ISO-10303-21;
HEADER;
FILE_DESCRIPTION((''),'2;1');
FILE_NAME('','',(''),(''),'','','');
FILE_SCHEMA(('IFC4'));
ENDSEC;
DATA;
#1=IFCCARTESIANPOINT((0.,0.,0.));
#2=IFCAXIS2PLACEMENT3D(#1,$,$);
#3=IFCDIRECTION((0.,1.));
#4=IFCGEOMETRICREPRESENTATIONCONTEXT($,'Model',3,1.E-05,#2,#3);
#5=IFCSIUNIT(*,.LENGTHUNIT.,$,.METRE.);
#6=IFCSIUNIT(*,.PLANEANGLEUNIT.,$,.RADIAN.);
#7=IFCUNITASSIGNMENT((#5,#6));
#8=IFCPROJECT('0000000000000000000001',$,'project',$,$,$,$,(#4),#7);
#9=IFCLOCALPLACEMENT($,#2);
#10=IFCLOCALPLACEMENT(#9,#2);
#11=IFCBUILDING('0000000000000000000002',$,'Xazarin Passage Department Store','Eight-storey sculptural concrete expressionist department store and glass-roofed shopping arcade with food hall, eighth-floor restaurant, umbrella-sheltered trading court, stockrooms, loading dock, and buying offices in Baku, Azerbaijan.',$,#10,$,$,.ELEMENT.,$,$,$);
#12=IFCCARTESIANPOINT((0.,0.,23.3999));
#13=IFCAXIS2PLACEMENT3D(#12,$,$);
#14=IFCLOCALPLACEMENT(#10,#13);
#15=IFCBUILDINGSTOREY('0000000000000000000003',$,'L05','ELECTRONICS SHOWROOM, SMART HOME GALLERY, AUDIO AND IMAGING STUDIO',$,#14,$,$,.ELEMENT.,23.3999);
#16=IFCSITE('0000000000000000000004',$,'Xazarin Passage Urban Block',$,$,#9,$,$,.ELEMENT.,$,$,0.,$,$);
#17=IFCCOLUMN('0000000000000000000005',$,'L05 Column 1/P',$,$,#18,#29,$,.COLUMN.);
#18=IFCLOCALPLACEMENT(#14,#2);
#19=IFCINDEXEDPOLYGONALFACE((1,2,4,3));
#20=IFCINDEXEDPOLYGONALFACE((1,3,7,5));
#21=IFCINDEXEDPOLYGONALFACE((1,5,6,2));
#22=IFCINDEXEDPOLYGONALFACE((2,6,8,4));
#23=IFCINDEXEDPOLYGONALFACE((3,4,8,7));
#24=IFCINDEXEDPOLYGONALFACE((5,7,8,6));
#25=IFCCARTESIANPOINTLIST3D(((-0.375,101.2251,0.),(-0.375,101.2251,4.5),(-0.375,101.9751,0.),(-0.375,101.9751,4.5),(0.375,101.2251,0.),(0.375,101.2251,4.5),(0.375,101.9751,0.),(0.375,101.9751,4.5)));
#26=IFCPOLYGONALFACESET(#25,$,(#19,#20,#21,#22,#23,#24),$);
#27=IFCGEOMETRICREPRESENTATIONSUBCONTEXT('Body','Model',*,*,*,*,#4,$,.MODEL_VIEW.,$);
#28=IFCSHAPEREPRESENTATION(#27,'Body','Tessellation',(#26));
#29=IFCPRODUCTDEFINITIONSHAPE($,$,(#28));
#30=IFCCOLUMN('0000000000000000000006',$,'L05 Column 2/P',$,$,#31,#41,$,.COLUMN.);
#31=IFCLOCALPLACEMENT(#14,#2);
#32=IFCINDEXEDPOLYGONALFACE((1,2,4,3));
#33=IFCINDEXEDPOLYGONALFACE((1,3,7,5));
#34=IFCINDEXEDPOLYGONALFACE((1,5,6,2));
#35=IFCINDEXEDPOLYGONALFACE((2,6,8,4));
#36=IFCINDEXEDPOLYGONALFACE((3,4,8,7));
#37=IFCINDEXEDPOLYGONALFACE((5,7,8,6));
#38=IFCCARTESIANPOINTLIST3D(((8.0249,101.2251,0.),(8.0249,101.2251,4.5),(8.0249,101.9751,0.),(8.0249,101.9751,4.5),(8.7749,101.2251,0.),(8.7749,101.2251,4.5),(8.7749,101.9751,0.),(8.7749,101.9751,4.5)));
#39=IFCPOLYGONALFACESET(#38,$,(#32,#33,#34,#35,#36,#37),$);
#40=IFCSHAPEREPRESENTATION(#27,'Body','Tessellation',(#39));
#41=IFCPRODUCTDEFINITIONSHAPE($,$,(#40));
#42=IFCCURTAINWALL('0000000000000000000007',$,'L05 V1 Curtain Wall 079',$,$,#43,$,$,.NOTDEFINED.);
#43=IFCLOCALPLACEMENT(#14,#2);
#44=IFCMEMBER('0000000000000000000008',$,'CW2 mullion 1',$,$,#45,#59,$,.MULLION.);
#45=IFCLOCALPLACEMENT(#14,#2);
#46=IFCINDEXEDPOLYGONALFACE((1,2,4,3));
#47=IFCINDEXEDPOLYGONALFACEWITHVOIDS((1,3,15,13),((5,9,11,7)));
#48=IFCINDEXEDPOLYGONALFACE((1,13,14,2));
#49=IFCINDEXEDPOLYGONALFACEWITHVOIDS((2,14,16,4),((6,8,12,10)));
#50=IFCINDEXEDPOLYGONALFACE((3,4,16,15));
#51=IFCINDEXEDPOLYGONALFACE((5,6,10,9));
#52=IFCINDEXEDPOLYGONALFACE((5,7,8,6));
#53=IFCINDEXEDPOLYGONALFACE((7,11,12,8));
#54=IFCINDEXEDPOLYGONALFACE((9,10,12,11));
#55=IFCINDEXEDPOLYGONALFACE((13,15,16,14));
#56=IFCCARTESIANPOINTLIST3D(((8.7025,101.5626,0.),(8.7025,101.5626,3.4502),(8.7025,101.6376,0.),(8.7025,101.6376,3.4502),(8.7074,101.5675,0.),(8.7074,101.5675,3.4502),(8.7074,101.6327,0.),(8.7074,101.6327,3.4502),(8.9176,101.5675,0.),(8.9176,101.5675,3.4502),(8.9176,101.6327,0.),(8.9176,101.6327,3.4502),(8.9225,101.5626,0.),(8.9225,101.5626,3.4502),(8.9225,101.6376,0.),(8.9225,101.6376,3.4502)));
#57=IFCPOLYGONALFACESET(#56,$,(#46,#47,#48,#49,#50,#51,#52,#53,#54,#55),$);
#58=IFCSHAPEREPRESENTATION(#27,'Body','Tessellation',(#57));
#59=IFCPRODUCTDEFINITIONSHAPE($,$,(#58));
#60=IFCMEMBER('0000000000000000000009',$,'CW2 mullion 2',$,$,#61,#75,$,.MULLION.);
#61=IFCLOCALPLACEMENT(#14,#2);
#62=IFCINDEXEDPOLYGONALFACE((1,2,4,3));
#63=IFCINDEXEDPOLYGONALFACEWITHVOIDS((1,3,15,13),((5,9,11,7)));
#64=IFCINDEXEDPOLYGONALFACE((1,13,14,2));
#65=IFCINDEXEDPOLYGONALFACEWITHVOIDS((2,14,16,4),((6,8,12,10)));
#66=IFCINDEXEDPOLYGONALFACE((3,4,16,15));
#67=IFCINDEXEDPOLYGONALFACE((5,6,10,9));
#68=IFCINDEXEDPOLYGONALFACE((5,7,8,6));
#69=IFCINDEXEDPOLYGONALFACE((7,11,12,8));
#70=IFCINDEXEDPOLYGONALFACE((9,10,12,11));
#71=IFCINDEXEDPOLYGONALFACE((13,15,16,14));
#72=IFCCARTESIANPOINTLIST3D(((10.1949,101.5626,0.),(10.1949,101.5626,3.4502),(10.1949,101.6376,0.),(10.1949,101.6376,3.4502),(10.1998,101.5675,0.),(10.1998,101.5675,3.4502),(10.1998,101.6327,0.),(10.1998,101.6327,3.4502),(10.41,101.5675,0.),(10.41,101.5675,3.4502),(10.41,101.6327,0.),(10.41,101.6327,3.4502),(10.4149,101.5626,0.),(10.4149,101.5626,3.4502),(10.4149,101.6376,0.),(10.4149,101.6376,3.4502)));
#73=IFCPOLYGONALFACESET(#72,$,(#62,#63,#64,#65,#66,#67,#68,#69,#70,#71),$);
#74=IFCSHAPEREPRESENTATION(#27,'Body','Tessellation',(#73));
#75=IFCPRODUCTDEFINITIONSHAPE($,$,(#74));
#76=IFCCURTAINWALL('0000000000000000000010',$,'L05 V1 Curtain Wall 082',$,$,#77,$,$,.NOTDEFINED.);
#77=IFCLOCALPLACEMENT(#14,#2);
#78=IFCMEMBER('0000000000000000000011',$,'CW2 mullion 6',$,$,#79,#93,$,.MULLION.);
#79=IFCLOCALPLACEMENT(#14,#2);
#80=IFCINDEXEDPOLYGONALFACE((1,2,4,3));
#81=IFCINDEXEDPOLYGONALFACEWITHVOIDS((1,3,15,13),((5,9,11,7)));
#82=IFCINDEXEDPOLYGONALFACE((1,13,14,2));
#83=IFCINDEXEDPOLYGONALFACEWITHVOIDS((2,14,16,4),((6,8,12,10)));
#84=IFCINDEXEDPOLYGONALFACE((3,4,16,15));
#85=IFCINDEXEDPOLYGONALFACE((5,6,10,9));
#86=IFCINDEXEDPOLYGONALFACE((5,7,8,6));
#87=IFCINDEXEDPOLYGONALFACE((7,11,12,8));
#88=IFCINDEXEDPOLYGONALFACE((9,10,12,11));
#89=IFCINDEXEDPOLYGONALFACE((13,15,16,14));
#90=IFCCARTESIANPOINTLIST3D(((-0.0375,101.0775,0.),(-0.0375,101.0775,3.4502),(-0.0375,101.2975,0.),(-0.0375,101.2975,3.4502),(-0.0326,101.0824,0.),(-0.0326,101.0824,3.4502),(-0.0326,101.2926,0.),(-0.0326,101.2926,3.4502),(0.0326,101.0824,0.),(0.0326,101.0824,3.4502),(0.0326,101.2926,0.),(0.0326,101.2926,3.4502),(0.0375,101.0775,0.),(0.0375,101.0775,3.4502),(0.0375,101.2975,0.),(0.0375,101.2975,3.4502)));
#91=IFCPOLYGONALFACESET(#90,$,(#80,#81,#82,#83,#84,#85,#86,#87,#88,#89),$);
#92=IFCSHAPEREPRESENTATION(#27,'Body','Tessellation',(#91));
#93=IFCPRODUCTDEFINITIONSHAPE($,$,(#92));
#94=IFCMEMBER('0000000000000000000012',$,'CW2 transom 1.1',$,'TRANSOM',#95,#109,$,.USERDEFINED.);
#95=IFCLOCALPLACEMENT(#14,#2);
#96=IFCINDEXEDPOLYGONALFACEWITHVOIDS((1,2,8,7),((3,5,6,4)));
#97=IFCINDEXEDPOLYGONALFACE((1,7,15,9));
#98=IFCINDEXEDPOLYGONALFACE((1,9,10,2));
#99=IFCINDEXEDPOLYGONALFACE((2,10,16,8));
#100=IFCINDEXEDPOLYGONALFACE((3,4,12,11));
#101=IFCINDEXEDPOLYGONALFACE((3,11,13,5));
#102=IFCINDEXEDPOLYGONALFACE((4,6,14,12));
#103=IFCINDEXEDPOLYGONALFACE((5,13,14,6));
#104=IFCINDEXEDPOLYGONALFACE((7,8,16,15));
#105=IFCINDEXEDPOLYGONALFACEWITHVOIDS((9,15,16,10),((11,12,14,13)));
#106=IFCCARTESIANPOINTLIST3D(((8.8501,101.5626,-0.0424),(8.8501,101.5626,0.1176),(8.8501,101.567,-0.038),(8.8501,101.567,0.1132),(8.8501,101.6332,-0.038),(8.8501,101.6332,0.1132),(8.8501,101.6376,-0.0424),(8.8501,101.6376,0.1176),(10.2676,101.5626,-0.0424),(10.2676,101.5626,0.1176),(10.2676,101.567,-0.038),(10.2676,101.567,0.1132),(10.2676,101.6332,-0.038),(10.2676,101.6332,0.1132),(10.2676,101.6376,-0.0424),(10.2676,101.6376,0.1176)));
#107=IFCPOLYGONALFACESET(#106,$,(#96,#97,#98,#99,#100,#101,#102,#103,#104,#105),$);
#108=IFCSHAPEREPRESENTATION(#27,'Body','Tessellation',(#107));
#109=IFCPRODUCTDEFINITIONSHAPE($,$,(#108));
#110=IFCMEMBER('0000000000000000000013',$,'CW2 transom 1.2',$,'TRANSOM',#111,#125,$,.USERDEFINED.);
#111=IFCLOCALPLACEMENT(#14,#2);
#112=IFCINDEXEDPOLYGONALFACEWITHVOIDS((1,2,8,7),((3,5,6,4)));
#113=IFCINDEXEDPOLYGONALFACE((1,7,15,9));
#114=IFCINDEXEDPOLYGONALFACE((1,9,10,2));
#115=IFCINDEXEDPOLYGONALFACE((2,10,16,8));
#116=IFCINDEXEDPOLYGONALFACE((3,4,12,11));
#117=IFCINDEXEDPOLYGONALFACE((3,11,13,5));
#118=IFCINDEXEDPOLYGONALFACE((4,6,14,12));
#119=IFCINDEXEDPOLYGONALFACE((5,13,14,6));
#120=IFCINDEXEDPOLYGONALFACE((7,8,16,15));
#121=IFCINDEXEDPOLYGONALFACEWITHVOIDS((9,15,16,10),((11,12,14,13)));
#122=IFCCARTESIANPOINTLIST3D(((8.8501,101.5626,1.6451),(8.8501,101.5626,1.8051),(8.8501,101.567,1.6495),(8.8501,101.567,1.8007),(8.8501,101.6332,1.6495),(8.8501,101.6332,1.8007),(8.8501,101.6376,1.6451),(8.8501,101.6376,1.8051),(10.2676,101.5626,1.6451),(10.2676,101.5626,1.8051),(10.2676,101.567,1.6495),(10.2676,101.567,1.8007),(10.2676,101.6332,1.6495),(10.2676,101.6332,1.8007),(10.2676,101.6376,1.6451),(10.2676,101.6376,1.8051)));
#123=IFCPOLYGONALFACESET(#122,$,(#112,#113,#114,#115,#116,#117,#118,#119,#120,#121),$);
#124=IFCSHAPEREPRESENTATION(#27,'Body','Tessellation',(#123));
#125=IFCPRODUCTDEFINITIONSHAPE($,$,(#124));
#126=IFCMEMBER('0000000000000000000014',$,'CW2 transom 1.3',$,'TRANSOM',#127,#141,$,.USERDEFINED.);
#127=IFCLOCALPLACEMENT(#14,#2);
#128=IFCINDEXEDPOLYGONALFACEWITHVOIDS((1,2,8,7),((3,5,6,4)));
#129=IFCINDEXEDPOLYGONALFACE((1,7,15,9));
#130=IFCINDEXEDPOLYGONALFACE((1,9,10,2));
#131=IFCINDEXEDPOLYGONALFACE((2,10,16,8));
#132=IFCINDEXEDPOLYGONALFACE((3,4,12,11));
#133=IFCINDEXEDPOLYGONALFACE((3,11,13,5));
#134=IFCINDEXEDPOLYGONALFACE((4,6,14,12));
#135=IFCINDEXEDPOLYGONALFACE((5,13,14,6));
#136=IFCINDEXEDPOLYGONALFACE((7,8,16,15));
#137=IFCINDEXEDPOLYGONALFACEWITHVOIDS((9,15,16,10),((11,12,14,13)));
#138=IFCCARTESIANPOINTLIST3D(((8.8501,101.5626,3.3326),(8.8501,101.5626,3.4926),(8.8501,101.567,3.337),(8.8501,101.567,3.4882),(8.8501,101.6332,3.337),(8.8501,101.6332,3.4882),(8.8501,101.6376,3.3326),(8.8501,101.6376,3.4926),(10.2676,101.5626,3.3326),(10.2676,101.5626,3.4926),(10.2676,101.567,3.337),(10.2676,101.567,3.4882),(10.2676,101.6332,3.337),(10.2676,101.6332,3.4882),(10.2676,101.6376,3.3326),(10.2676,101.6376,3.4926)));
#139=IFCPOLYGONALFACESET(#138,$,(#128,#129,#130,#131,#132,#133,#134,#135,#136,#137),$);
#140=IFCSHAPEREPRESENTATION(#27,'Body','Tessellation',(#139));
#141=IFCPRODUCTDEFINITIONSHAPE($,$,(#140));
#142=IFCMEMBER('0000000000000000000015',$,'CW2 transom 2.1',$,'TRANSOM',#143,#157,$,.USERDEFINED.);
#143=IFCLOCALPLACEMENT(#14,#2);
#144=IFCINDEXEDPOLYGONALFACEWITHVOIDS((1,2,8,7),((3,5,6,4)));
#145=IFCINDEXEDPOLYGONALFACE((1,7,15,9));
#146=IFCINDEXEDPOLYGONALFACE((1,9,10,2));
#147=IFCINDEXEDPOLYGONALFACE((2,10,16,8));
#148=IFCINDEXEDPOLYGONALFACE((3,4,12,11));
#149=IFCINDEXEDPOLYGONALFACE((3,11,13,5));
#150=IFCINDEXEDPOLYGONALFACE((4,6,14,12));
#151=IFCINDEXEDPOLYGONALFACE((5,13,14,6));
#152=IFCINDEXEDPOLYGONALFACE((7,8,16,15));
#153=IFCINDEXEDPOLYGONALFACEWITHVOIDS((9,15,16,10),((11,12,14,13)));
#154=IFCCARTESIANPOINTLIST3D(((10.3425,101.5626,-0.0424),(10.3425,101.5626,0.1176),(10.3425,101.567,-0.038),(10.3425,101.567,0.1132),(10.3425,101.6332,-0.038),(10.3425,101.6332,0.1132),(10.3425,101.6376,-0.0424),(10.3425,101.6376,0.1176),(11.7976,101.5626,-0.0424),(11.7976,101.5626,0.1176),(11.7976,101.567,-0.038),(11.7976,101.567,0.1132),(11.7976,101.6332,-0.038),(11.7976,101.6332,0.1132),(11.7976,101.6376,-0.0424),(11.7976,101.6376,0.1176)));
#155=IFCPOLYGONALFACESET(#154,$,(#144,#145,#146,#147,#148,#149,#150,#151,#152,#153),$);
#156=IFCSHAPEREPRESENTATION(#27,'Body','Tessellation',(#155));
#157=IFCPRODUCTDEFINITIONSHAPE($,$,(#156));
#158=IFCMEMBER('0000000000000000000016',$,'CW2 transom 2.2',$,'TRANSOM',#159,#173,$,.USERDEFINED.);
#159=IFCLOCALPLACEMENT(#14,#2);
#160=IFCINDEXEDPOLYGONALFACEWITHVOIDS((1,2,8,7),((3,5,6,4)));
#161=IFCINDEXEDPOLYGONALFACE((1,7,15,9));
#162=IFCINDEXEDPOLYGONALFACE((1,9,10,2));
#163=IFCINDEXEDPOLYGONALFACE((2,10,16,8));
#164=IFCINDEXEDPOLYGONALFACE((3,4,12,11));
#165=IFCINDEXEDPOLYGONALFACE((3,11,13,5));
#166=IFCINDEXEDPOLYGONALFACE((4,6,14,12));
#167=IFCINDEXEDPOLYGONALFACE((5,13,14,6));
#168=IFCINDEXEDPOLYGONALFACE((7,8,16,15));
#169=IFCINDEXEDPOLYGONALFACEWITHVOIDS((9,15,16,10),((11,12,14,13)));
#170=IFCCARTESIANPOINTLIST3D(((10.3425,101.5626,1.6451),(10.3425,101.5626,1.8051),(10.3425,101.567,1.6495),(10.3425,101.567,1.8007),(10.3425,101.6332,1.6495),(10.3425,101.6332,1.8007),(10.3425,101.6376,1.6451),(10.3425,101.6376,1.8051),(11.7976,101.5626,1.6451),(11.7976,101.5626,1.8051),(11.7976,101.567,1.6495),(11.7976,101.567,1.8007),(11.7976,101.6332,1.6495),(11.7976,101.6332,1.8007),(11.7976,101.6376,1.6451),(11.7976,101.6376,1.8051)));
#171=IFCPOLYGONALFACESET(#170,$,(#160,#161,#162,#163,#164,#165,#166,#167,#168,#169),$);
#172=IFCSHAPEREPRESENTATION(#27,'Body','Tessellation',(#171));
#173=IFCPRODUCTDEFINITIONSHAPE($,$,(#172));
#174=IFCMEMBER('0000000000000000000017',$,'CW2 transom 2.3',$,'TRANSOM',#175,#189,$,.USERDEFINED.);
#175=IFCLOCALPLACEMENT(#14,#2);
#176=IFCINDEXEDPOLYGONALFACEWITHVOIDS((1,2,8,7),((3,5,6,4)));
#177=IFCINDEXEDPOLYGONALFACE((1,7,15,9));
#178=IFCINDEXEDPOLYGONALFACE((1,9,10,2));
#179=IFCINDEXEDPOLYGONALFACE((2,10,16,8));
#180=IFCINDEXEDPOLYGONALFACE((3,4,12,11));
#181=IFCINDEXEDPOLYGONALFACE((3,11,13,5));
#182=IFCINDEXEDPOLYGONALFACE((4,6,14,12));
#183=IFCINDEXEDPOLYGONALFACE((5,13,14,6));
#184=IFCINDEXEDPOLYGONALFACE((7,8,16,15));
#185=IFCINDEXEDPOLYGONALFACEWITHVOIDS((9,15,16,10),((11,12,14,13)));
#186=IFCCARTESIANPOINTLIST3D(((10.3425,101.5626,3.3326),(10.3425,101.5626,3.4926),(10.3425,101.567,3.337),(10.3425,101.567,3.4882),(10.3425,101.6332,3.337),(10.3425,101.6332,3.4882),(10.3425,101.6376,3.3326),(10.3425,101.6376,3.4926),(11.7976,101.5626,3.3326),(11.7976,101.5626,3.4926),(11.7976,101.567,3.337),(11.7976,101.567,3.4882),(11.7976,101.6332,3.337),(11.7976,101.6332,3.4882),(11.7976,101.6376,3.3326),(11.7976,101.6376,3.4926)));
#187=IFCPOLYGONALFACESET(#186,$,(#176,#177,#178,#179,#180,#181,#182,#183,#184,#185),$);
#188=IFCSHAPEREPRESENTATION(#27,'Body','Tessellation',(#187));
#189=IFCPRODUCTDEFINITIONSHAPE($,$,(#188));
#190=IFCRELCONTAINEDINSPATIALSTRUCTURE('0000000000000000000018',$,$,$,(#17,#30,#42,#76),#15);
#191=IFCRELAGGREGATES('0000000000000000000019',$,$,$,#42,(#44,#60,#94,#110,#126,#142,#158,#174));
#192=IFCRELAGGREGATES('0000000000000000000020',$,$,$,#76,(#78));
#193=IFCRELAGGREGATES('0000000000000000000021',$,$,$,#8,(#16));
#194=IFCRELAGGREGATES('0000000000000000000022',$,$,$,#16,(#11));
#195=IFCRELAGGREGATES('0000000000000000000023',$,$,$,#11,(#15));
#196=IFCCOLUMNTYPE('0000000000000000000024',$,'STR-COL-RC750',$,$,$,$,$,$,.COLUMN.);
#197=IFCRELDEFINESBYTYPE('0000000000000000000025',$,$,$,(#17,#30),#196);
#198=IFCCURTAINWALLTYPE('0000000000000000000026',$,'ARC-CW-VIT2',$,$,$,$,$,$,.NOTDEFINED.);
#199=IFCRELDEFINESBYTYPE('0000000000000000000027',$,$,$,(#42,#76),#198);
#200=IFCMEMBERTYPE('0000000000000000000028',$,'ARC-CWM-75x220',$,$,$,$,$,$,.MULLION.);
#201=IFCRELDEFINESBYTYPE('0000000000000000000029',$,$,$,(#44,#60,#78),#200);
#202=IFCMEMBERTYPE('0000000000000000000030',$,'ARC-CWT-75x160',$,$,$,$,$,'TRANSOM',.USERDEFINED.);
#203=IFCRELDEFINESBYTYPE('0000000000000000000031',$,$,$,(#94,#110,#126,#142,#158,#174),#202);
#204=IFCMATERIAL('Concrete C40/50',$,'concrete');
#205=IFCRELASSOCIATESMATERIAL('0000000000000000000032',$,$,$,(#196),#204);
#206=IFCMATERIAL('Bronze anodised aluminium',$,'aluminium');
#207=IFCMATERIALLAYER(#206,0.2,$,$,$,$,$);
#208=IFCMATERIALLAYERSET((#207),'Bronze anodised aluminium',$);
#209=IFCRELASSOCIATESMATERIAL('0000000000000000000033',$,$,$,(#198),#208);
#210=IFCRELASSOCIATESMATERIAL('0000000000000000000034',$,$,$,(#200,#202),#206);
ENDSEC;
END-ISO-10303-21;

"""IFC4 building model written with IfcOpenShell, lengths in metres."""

from ifc_helpers import new_model, si_unit, direction, frame, origin, origin_2d, place, context, subcontext, project, spatial, rectangle, hollow_rectangle, extrude, material, layer, layer_set, material_profile, profile_set, type_object, element, aggregate, save


model = new_model("IFC4")

# Units and contexts
model_context = context("Model", 3, precision=1e-05, world=origin(), true_north=direction((0.0, 1.0)))
body_context = subcontext(model_context, "Body", "Model", "MODEL_VIEW")
ifc_project = project(units=[si_unit("LENGTHUNIT", "METRE"), si_unit("PLANEANGLEUNIT", "RADIAN")], contexts=[model_context])

# Site, building, storey
site_placement = place(None, origin())
site = spatial("IfcSite", under=ifc_project, at=site_placement, Name="Xazarin Passage Urban Block", CompositionType="ELEMENT", RefElevation=0.0)
building_placement = place(site_placement, origin())
building = spatial("IfcBuilding", under=site, at=building_placement, Name="Xazarin Passage Department Store", Description="Eight-storey sculptural concrete expressionist department store and glass-roofed shopping arcade with food hall, eighth-floor restaurant, umbrella-sheltered trading court, stockrooms, loading dock, and buying offices in Baku, Azerbaijan.", CompositionType="ELEMENT")
storey_placement = place(building_placement, frame((0.0, 0.0, 23.3999)))
storey = spatial("IfcBuildingStorey", under=building, at=storey_placement, Name="L05", Description="ELECTRONICS SHOWROOM, SMART HOME GALLERY, AUDIO AND IMAGING STUDIO", CompositionType="ELEMENT", Elevation=23.3999)

# Columns
ifc_material_1 = material(Name="Concrete C40/50", Category="concrete")
ifc_material_profile_1 = material_profile(ifc_material_1, rectangle(XDim=0.75, YDim=0.75, at=origin_2d()), Name="RC 750x750")
ifc_profile_set_1 = profile_set([ifc_material_profile_1], Name="Concrete C40/50")
column_type = type_object("IfcColumnType", Name="STR-COL-RC750", PredefinedType="COLUMN", material=ifc_profile_set_1)
for number, where, z_axis, x_axis, name in (
    (1, (0.0, 101.6001, 0.0), (0.0, 0.0, 1.0), (1.0, 0.0, 0.0), "L05 Column 1/P"),
    (2, (8.3999, 101.6001, 0.0), (0.0, 0.0, 1.0), (1.0, 0.0, 0.0), "L05 Column 2/P"),
):
    element("IfcColumn", number, at=place(storey_placement, frame(where, z_axis=z_axis, x_axis=x_axis)), inside=storey, type_object=column_type, Name=name, PredefinedType="COLUMN", context=body_context, shape_type="SweptSolid", body=[
        extrude(rectangle(XDim=0.75, YDim=0.75, at=origin_2d()), origin(), (0.0, 0.0, 1.0), 4.5),
    ])

# Curtain wall, members
ifc_material_2 = material(Name="Bronze anodised aluminium", Category="aluminium")
ifc_layer_1 = layer(ifc_material_2, 0.2)
ifc_layer_set_1 = layer_set([ifc_layer_1], Name="Bronze anodised aluminium")
curtain_wall_type = type_object("IfcCurtainWallType", Name="ARC-CW-VIT2", PredefinedType="NOTDEFINED", material=ifc_layer_set_1)
curtain_wall_1_placement = place(storey_placement, origin())
curtain_wall_1 = element("IfcCurtainWall", 3, at=curtain_wall_1_placement, inside=storey, type_object=curtain_wall_type, Name="L05 V1 Curtain Wall 079", PredefinedType="NOTDEFINED")
ifc_material_profile_2 = material_profile(ifc_material_2, hollow_rectangle(XDim=0.075, YDim=0.22, WallThickness=0.0049, at=origin_2d()), Name="ALU 75x220")
ifc_profile_set_2 = profile_set([ifc_material_profile_2], Name="Bronze anodised aluminium")
member_type_1 = type_object("IfcMemberType", Name="ARC-CWM-75x220", PredefinedType="MULLION", material=ifc_profile_set_2)
member_1_placement = place(storey_placement, frame((8.8125, 101.6001, 0.0), z_axis=(0.0, 0.0, 1.0), x_axis=(0.0, 1.0, 0.0)))
member_1 = element("IfcMember", 4, at=member_1_placement, type_object=member_type_1, Name="CW2 mullion 1", PredefinedType="MULLION", context=body_context, shape_type="SweptSolid", body=[
    extrude(hollow_rectangle(XDim=0.075, YDim=0.22, WallThickness=0.0049, at=origin_2d()), origin(), (0.0, 0.0, 1.0), 3.4502),
])
member_2_placement = place(storey_placement, frame((10.3049, 101.6001, 0.0), z_axis=(0.0, 0.0, 1.0), x_axis=(0.0, 1.0, 0.0)))
member_2 = element("IfcMember", 5, at=member_2_placement, type_object=member_type_1, Name="CW2 mullion 2", PredefinedType="MULLION", context=body_context, shape_type="SweptSolid", body=[
    extrude(hollow_rectangle(XDim=0.075, YDim=0.22, WallThickness=0.0049, at=origin_2d()), origin(), (0.0, 0.0, 1.0), 3.4502),
])

# Curtain wall, member
curtain_wall_2_placement = place(storey_placement, origin())
curtain_wall_2 = element("IfcCurtainWall", 6, at=curtain_wall_2_placement, inside=storey, type_object=curtain_wall_type, Name="L05 V1 Curtain Wall 082", PredefinedType="NOTDEFINED")
member_3_placement = place(storey_placement, frame((0.0, 101.1875, 0.0), z_axis=(0.0, 0.0, 1.0), x_axis=(-1.0, 0.0, 0.0)))
member_3 = element("IfcMember", 7, at=member_3_placement, type_object=member_type_1, Name="CW2 mullion 6", PredefinedType="MULLION", context=body_context, shape_type="SweptSolid", body=[
    extrude(hollow_rectangle(XDim=0.075, YDim=0.22, WallThickness=0.0049, at=origin_2d()), origin(), (0.0, 0.0, 1.0), 3.4502),
])

# Members
ifc_material_profile_3 = material_profile(ifc_material_2, hollow_rectangle(XDim=0.075, YDim=0.1599, WallThickness=0.0044, at=origin_2d()), Name="ALU 75x160")
ifc_profile_set_3 = profile_set([ifc_material_profile_3], Name="Bronze anodised aluminium")
member_type_2 = type_object("IfcMemberType", Name="ARC-CWT-75x160", ElementType="TRANSOM", PredefinedType="USERDEFINED", material=ifc_profile_set_3)
member_4_placement = place(storey_placement, frame((8.8501, 101.6001, 0.0376), z_axis=(1.0, 0.0, 0.0), x_axis=(0.0, 1.0, 0.0)))
member_4 = element("IfcMember", 8, at=member_4_placement, type_object=member_type_2, Name="CW2 transom 1.1", ObjectType="TRANSOM", PredefinedType="USERDEFINED", context=body_context, shape_type="SweptSolid", body=[
    extrude(hollow_rectangle(XDim=0.075, YDim=0.1599, WallThickness=0.0044, at=origin_2d()), origin(), (0.0, 0.0, 1.0), 1.4175),
])
member_5_placement = place(storey_placement, frame((8.8501, 101.6001, 1.7251), z_axis=(1.0, 0.0, 0.0), x_axis=(0.0, 1.0, 0.0)))
member_5 = element("IfcMember", 9, at=member_5_placement, type_object=member_type_2, Name="CW2 transom 1.2", ObjectType="TRANSOM", PredefinedType="USERDEFINED", context=body_context, shape_type="SweptSolid", body=[
    extrude(hollow_rectangle(XDim=0.075, YDim=0.1599, WallThickness=0.0044, at=origin_2d()), origin(), (0.0, 0.0, 1.0), 1.4175),
])
member_6_placement = place(storey_placement, frame((8.8501, 101.6001, 3.4126), z_axis=(1.0, 0.0, 0.0), x_axis=(0.0, 1.0, 0.0)))
member_6 = element("IfcMember", 10, at=member_6_placement, type_object=member_type_2, Name="CW2 transom 1.3", ObjectType="TRANSOM", PredefinedType="USERDEFINED", context=body_context, shape_type="SweptSolid", body=[
    extrude(hollow_rectangle(XDim=0.075, YDim=0.1599, WallThickness=0.0044, at=origin_2d()), origin(), (0.0, 0.0, 1.0), 1.4175),
])
member_7_placement = place(storey_placement, frame((10.3425, 101.6001, 0.0376), z_axis=(1.0, 0.0, 0.0), x_axis=(0.0, 1.0, 0.0)))
member_7 = element("IfcMember", 11, at=member_7_placement, type_object=member_type_2, Name="CW2 transom 2.1", ObjectType="TRANSOM", PredefinedType="USERDEFINED", context=body_context, shape_type="SweptSolid", body=[
    extrude(hollow_rectangle(XDim=0.075, YDim=0.1599, WallThickness=0.0044, at=origin_2d()), origin(), (0.0, 0.0, 1.0), 1.4551),
])
member_8_placement = place(storey_placement, frame((10.3425, 101.6001, 1.7251), z_axis=(1.0, 0.0, 0.0), x_axis=(0.0, 1.0, 0.0)))
member_8 = element("IfcMember", 12, at=member_8_placement, type_object=member_type_2, Name="CW2 transom 2.2", ObjectType="TRANSOM", PredefinedType="USERDEFINED", context=body_context, shape_type="SweptSolid", body=[
    extrude(hollow_rectangle(XDim=0.075, YDim=0.1599, WallThickness=0.0044, at=origin_2d()), origin(), (0.0, 0.0, 1.0), 1.4551),
])
member_9_placement = place(storey_placement, frame((10.3425, 101.6001, 3.4126), z_axis=(1.0, 0.0, 0.0), x_axis=(0.0, 1.0, 0.0)))
member_9 = element("IfcMember", 13, at=member_9_placement, type_object=member_type_2, Name="CW2 transom 2.3", ObjectType="TRANSOM", PredefinedType="USERDEFINED", context=body_context, shape_type="SweptSolid", body=[
    extrude(hollow_rectangle(XDim=0.075, YDim=0.1599, WallThickness=0.0044, at=origin_2d()), origin(), (0.0, 0.0, 1.0), 1.4551),
])

aggregate(curtain_wall_1, [member_1, member_2, member_4, member_5, member_6, member_7, member_8, member_9])
aggregate(curtain_wall_2, [member_3])

save(model, "model.ifc")
